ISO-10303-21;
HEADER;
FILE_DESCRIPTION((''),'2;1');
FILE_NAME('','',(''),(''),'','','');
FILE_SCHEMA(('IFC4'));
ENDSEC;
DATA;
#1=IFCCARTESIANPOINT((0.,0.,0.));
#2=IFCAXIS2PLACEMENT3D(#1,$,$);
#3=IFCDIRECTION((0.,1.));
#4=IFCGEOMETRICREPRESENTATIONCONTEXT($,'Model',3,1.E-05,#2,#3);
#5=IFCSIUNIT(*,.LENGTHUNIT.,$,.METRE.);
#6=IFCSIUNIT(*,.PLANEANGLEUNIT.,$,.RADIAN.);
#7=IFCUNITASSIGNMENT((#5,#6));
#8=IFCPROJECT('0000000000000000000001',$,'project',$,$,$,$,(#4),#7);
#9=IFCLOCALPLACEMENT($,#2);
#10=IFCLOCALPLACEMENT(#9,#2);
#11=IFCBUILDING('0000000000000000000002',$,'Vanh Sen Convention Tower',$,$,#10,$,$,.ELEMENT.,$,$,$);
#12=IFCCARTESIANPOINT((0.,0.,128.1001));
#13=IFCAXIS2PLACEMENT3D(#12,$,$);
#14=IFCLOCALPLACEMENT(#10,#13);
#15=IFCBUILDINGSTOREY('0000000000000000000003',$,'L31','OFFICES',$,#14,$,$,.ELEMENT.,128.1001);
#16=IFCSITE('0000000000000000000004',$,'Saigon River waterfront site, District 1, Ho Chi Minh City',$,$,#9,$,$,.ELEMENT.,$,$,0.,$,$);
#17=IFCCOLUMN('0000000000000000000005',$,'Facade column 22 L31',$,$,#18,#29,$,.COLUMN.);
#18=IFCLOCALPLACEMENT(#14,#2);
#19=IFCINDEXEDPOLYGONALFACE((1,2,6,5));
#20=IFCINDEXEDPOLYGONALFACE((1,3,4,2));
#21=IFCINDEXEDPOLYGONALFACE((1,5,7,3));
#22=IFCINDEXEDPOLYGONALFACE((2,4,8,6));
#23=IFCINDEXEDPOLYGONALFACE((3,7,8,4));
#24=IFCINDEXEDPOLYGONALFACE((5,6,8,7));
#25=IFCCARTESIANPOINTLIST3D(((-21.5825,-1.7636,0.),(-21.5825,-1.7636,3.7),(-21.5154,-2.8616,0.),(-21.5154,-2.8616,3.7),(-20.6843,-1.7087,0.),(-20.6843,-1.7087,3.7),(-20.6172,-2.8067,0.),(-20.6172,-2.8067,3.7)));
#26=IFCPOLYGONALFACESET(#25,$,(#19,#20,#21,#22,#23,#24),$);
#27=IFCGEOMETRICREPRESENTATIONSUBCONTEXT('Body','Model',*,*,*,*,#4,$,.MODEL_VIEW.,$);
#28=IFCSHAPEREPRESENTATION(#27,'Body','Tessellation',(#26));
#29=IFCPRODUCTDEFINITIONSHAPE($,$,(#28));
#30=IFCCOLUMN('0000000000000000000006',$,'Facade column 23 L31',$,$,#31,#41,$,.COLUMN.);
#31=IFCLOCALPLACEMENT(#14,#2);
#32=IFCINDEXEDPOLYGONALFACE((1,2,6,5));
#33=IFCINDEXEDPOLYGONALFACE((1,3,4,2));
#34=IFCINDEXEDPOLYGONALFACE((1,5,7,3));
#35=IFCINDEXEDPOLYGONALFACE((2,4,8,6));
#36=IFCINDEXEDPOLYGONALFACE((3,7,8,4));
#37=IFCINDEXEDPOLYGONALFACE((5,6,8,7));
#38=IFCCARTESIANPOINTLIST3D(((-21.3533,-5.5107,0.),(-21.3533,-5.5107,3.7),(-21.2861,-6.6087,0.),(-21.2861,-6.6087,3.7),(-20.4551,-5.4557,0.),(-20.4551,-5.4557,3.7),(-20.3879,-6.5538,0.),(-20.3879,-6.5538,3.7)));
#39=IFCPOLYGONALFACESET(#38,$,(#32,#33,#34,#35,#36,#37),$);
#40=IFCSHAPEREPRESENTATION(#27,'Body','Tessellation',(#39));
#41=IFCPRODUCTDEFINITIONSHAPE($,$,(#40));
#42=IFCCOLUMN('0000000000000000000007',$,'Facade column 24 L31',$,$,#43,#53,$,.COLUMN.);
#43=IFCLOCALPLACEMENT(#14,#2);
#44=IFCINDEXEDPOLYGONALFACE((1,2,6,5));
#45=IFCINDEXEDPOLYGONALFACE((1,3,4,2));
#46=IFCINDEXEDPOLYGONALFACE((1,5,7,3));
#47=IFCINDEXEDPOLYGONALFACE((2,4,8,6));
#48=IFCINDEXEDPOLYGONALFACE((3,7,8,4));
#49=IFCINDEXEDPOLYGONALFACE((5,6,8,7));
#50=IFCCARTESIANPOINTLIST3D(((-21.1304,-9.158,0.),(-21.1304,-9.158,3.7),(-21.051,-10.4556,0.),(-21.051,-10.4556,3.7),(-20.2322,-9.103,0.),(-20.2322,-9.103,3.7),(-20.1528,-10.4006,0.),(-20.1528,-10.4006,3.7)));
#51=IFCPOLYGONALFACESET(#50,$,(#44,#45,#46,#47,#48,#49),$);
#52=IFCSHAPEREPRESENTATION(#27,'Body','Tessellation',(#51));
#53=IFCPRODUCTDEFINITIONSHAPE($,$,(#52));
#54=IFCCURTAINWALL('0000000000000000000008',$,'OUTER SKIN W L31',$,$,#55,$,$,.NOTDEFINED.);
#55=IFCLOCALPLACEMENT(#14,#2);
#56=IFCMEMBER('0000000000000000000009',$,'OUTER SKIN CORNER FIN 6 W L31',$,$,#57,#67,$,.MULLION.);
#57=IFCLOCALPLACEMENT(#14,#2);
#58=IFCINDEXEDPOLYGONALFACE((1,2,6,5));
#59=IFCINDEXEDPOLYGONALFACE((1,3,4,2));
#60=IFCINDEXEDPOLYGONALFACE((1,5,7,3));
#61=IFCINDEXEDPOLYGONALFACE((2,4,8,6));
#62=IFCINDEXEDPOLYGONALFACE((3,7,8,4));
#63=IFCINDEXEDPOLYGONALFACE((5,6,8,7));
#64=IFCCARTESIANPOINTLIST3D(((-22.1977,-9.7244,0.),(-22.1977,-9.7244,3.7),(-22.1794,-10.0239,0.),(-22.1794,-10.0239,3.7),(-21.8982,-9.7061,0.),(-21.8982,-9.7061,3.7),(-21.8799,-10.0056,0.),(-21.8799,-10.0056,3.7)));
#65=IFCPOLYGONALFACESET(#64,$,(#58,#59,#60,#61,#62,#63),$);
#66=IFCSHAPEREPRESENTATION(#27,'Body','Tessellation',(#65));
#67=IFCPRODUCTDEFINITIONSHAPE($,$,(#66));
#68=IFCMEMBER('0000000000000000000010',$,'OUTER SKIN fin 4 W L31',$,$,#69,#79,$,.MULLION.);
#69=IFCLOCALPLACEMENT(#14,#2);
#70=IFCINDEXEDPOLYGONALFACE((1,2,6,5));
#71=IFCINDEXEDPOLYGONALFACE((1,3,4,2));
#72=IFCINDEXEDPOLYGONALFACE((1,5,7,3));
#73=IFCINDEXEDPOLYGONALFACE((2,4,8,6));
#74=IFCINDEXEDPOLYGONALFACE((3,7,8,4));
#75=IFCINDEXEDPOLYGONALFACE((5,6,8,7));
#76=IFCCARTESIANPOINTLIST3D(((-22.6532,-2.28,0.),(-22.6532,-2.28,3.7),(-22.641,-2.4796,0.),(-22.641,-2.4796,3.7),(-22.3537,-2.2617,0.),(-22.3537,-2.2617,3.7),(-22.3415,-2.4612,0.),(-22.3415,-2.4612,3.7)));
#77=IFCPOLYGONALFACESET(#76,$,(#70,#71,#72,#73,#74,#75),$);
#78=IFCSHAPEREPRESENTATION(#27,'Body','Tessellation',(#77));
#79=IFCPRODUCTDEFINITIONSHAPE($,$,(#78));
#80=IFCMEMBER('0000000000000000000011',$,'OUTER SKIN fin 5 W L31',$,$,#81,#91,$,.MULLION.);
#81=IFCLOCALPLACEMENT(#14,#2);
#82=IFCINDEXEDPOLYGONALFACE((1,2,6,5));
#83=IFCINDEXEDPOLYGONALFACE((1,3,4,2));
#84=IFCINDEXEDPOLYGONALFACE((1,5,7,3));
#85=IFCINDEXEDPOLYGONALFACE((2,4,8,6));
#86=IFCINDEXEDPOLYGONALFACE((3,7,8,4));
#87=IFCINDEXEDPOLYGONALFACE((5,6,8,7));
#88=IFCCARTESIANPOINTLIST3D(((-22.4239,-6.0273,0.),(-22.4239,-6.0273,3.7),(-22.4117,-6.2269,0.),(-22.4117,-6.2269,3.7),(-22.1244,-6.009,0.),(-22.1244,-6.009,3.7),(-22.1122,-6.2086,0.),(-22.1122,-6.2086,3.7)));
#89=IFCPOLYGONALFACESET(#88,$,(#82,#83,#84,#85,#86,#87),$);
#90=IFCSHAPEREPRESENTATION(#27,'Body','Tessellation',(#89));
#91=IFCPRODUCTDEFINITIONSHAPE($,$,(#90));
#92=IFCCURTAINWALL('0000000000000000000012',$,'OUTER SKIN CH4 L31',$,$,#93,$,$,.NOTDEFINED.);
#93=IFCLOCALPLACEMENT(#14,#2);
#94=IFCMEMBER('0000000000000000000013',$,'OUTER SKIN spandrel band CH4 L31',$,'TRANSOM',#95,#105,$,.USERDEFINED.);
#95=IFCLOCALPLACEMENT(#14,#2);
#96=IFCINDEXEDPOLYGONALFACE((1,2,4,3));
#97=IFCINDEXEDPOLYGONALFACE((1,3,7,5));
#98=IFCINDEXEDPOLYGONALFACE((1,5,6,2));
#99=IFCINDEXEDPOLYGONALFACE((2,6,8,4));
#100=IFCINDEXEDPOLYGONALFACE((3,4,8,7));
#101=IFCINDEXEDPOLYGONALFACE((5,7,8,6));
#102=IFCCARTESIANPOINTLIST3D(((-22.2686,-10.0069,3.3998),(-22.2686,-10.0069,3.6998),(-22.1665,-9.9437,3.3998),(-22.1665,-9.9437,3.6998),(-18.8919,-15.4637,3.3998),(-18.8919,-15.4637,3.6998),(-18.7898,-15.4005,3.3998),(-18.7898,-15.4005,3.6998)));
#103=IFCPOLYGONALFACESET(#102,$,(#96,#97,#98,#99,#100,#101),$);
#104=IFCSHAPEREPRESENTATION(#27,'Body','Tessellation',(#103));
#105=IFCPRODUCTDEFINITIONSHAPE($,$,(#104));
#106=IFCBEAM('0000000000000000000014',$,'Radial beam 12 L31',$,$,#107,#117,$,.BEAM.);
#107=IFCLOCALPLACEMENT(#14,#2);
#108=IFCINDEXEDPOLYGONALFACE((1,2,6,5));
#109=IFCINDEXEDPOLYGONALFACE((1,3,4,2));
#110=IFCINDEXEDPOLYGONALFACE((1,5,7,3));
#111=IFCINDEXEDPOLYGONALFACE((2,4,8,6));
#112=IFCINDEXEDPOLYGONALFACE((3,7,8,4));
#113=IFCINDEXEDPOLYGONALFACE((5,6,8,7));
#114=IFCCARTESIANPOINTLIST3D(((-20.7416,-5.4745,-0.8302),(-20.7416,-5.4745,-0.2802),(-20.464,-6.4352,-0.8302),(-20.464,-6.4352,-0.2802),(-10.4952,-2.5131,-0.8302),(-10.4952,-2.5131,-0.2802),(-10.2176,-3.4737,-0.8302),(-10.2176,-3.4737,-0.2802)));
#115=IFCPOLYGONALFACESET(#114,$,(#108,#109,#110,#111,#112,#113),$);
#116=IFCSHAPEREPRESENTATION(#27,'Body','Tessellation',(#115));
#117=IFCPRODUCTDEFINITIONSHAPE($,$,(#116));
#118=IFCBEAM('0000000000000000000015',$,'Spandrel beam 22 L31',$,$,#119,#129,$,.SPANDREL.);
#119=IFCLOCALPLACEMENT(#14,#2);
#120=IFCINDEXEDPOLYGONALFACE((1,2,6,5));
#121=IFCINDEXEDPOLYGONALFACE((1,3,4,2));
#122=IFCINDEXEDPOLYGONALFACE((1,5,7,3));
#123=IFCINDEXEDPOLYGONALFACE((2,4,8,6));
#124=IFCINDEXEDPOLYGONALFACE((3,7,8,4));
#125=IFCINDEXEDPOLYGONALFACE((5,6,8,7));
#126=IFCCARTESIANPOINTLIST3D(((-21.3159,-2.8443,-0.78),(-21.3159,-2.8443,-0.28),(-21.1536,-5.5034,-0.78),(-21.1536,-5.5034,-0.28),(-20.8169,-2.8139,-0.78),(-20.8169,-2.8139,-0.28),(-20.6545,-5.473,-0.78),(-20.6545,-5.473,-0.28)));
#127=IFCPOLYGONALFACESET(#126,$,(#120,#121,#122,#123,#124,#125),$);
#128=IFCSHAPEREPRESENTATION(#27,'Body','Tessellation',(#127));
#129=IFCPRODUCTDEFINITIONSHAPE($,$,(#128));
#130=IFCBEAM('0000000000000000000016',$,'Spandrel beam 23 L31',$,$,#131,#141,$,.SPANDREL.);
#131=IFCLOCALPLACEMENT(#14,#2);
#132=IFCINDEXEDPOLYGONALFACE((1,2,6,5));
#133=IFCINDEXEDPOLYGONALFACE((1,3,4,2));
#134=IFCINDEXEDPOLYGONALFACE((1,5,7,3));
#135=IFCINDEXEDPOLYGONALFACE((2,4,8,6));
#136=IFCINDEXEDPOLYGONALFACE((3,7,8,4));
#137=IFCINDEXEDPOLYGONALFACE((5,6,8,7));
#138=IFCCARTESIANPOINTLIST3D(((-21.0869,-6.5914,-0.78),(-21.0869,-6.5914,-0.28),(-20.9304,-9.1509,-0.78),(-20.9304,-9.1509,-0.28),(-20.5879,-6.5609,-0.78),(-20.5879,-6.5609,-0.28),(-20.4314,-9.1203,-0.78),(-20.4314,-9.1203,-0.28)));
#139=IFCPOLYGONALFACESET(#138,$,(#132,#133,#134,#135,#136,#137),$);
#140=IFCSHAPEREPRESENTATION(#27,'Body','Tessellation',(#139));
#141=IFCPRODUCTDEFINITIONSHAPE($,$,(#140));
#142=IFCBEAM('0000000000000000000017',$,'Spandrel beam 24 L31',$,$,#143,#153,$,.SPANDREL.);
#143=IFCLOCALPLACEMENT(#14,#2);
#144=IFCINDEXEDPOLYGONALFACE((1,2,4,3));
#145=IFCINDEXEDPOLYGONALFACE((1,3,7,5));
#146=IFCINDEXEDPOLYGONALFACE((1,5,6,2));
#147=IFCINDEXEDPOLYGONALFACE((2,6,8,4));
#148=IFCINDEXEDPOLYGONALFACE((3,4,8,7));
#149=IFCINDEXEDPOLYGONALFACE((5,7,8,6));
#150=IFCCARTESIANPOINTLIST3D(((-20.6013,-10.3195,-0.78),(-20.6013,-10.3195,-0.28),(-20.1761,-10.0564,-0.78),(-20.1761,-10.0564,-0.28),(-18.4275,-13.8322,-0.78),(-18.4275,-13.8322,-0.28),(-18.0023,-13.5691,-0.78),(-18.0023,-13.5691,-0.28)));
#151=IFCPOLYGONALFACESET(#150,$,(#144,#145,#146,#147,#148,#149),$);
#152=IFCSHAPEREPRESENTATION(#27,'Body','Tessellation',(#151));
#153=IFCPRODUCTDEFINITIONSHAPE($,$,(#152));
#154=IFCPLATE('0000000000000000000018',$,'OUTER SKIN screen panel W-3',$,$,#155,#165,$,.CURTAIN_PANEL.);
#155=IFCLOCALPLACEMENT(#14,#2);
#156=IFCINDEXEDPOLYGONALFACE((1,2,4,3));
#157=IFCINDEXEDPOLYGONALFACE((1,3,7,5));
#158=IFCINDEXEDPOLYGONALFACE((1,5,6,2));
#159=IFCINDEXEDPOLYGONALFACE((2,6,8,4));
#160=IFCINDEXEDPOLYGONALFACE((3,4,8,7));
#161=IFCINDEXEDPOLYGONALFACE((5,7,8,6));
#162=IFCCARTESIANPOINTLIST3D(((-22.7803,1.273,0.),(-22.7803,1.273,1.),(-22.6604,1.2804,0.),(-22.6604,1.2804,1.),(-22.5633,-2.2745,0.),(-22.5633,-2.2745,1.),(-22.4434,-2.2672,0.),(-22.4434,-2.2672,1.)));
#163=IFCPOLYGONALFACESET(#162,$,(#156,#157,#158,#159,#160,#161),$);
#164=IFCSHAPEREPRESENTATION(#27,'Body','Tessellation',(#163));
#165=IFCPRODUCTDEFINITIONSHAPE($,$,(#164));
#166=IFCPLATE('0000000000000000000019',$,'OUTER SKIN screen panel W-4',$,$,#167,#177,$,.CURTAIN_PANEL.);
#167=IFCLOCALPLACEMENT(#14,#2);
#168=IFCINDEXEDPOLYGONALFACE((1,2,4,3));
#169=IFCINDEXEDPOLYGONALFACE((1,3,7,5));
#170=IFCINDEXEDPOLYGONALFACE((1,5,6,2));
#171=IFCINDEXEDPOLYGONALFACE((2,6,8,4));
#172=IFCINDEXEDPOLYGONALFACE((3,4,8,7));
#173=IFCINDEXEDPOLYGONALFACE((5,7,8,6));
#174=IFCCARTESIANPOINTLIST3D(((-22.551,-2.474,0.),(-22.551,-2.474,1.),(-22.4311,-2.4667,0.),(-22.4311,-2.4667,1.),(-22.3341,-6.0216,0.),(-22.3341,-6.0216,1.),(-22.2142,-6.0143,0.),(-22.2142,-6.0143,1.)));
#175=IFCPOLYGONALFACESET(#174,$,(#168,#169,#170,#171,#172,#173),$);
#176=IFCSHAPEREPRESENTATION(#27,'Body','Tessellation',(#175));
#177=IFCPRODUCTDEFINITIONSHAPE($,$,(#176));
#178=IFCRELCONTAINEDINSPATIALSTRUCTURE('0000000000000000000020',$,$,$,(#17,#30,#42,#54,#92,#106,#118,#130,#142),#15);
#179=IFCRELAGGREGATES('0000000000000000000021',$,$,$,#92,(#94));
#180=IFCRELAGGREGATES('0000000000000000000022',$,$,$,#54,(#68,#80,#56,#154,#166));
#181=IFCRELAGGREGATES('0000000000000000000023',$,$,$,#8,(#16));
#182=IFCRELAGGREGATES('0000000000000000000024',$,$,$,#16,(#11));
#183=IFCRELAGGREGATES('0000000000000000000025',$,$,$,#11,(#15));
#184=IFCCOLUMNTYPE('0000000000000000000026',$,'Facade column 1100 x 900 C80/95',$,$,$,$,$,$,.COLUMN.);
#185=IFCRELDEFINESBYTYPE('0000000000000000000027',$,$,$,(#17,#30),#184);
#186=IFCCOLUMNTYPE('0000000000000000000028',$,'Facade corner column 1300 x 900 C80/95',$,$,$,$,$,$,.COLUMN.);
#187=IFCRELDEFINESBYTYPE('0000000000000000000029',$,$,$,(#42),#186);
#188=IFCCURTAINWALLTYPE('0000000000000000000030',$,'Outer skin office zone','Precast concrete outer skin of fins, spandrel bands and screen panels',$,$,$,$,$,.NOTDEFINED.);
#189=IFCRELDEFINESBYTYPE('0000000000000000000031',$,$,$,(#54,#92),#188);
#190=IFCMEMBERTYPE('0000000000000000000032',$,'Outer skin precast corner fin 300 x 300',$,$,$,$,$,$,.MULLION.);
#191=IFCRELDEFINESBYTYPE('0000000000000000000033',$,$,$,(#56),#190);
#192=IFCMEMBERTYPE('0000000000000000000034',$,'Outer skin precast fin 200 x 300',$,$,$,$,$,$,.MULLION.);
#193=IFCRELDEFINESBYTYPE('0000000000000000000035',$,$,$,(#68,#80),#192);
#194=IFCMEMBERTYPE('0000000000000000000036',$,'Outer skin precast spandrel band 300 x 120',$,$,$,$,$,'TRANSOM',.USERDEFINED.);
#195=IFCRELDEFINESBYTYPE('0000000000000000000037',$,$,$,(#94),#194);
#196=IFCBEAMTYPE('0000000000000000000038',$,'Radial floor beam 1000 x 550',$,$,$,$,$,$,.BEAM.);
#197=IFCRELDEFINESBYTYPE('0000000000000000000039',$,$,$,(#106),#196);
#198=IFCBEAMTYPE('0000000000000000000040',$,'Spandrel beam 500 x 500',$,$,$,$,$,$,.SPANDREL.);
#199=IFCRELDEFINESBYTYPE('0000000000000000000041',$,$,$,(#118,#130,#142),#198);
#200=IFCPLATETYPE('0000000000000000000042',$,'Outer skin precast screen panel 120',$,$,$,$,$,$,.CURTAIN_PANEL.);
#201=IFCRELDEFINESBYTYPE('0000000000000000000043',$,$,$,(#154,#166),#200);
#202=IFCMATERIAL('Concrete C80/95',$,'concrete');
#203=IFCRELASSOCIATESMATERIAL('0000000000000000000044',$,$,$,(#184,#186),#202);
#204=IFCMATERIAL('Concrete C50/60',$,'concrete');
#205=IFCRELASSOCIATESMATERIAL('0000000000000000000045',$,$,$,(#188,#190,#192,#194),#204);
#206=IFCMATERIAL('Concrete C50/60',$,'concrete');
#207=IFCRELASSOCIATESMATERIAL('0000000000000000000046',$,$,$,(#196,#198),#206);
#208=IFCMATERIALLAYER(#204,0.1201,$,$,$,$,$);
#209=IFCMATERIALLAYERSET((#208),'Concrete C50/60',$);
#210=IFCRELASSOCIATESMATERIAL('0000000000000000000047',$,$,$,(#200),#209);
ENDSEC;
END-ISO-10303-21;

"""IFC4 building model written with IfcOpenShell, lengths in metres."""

from ifc_helpers import new_model, si_unit, direction, frame, origin, origin_2d, place, context, subcontext, project, spatial, rectangle, extrude, material, layer, layer_set, material_profile, profile_set, type_object, element, aggregate, save


model = new_model("IFC4")

# Units and contexts
model_context = context("Model", 3, precision=1e-05, world=origin(), true_north=direction((0.0, 1.0)))
body_context = subcontext(model_context, "Body", "Model", "MODEL_VIEW")
ifc_project = project(units=[si_unit("LENGTHUNIT", "METRE"), si_unit("PLANEANGLEUNIT", "RADIAN")], contexts=[model_context])

# Site, building, storey
site_placement = place(None, origin())
site = spatial("IfcSite", under=ifc_project, at=site_placement, Name="Saigon River waterfront site, District 1, Ho Chi Minh City", CompositionType="ELEMENT", RefElevation=0.0)
building_placement = place(site_placement, origin())
building = spatial("IfcBuilding", under=site, at=building_placement, Name="Vanh Sen Convention Tower", CompositionType="ELEMENT")
storey_placement = place(building_placement, frame((0.0, 0.0, 128.1001)))
storey = spatial("IfcBuildingStorey", under=building, at=storey_placement, Name="L31", Description="OFFICES", CompositionType="ELEMENT", Elevation=128.1001)

# Columns
ifc_material_1 = material(Name="Concrete C80/95", Category="concrete")
ifc_material_profile_1 = material_profile(ifc_material_1, rectangle(XDim=1.1001, YDim=0.8999, at=origin_2d()), Name="RC 1100X900")
ifc_profile_set_1 = profile_set([ifc_material_profile_1], Name="Concrete C80/95")
column_type_1 = type_object("IfcColumnType", Name="Facade column 1100 x 900 C80/95", PredefinedType="COLUMN", material=ifc_profile_set_1)
for number, where, z_axis, x_axis, name in (
    (1, (-21.0999, -2.2852, 0.0), (0.0, 0.0, 1.0), (0.061049, -0.998135, 0.0), "Facade column 22 L31"),
    (2, (-20.8706, -6.0322, 0.0), (0.0, 0.0, 1.0), (0.061049, -0.998135, 0.0), "Facade column 23 L31"),
):
    element("IfcColumn", number, at=place(storey_placement, frame(where, z_axis=z_axis, x_axis=x_axis)), inside=storey, type_object=column_type_1, Name=name, PredefinedType="COLUMN", context=body_context, shape_type="SweptSolid", body=[
        extrude(rectangle(XDim=1.1001, YDim=0.8999, at=origin_2d()), origin(), (0.0, 0.0, 1.0), 3.7),
    ])
ifc_material_profile_2 = material_profile(ifc_material_1, rectangle(XDim=1.3, YDim=0.8999, at=origin_2d()), Name="RC 1300X900")
ifc_profile_set_2 = profile_set([ifc_material_profile_2], Name="Concrete C80/95")
column_type_2 = type_object("IfcColumnType", Name="Facade corner column 1300 x 900 C80/95", PredefinedType="COLUMN", material=ifc_profile_set_2)
column_placement = place(storey_placement, frame((-20.6416, -9.7793, 0.0), z_axis=(0.0, 0.0, 1.0), x_axis=(0.061049, -0.998135, 0.0)))
element("IfcColumn", 3, at=column_placement, inside=storey, type_object=column_type_2, Name="Facade column 24 L31", PredefinedType="COLUMN", context=body_context, shape_type="SweptSolid", body=[
    extrude(rectangle(XDim=1.3, YDim=0.8999, at=origin_2d()), origin(), (0.0, 0.0, 1.0), 3.7),
])

# Curtain wall, members
ifc_material_2 = material(Name="Concrete C50/60", Category="concrete")
curtain_wall_type = type_object("IfcCurtainWallType", Name="Outer skin office zone", Description="Precast concrete outer skin of fins, spandrel bands and screen panels", PredefinedType="NOTDEFINED", material=ifc_material_2)
curtain_wall_1_placement = place(storey_placement, origin())
curtain_wall_1 = element("IfcCurtainWall", 4, at=curtain_wall_1_placement, inside=storey, type_object=curtain_wall_type, Name="OUTER SKIN W L31", PredefinedType="NOTDEFINED")
ifc_material_profile_3 = material_profile(ifc_material_2, rectangle(XDim=0.3, YDim=0.3, at=origin_2d()), Name="Outer skin precast corner fin 300 x 300")
ifc_profile_set_3 = profile_set([ifc_material_profile_3], Name="Concrete C50/60")
member_type_1 = type_object("IfcMemberType", Name="Outer skin precast corner fin 300 x 300", PredefinedType="MULLION", material=ifc_profile_set_3)
member_1_placement = place(storey_placement, frame((-22.0388, -9.865, 0.0), z_axis=(0.0, 0.0, 1.0), x_axis=(0.061049, -0.998135, 0.0)))
member_1 = element("IfcMember", 5, at=member_1_placement, type_object=member_type_1, Name="OUTER SKIN CORNER FIN 6 W L31", PredefinedType="MULLION", context=body_context, shape_type="SweptSolid", body=[
    extrude(rectangle(XDim=0.3, YDim=0.3, at=origin_2d()), origin(), (0.0, 0.0, 1.0), 3.7),
])
ifc_material_profile_4 = material_profile(ifc_material_2, rectangle(XDim=0.2, YDim=0.3, at=origin_2d()), Name="Outer skin precast fin 200 x 300")
ifc_profile_set_4 = profile_set([ifc_material_profile_4], Name="Concrete C50/60")
member_type_2 = type_object("IfcMemberType", Name="Outer skin precast fin 200 x 300", PredefinedType="MULLION", material=ifc_profile_set_4)
member_2_placement = place(storey_placement, frame((-22.4973, -2.3706, 0.0), z_axis=(0.0, 0.0, 1.0), x_axis=(0.061049, -0.998135, 0.0)))
member_2 = element("IfcMember", 6, at=member_2_placement, type_object=member_type_2, Name="OUTER SKIN fin 4 W L31", PredefinedType="MULLION", context=body_context, shape_type="SweptSolid", body=[
    extrude(rectangle(XDim=0.2, YDim=0.3, at=origin_2d()), origin(), (0.0, 0.0, 1.0), 3.7),
])
member_3_placement = place(storey_placement, frame((-22.2681, -6.1179, 0.0), z_axis=(0.0, 0.0, 1.0), x_axis=(0.061049, -0.998135, 0.0)))
member_3 = element("IfcMember", 7, at=member_3_placement, type_object=member_type_2, Name="OUTER SKIN fin 5 W L31", PredefinedType="MULLION", context=body_context, shape_type="SweptSolid", body=[
    extrude(rectangle(XDim=0.2, YDim=0.3, at=origin_2d()), origin(), (0.0, 0.0, 1.0), 3.7),
])

# Curtain wall, member
curtain_wall_2_placement = place(storey_placement, origin())
curtain_wall_2 = element("IfcCurtainWall", 8, at=curtain_wall_2_placement, inside=storey, type_object=curtain_wall_type, Name="OUTER SKIN CH4 L31", PredefinedType="NOTDEFINED")
ifc_material_profile_5 = material_profile(ifc_material_2, rectangle(XDim=0.1201, YDim=0.3, at=origin_2d()), Name="Outer skin precast spandrel band 300 x 120")
ifc_profile_set_5 = profile_set([ifc_material_profile_5], Name="Concrete C50/60")
member_type_3 = type_object("IfcMemberType", Name="Outer skin precast spandrel band 300 x 120", ElementType="TRANSOM", PredefinedType="USERDEFINED", material=ifc_profile_set_5)
member_4_placement = place(storey_placement, frame((-22.2175, -9.9753, 3.5498), z_axis=(0.526208, -0.850356, 0.0), x_axis=(0.850356, 0.526208, 0.0)))
member_4 = element("IfcMember", 9, at=member_4_placement, type_object=member_type_3, Name="OUTER SKIN spandrel band CH4 L31", ObjectType="TRANSOM", PredefinedType="USERDEFINED", context=body_context, shape_type="SweptSolid", body=[
    extrude(rectangle(XDim=0.1201, YDim=0.3, at=origin_2d()), origin(), (0.0, 0.0, 1.0), 6.417),
])
aggregate(curtain_wall_2, [member_4])

# Beams
ifc_material_3 = material(Name="Concrete C50/60", Category="concrete")
ifc_material_profile_6 = material_profile(ifc_material_3, rectangle(XDim=1.0, YDim=0.55, at=origin_2d()), Name="RC 1000X550")
ifc_profile_set_6 = profile_set([ifc_material_profile_6], Name="Concrete C50/60")
beam_type_1 = type_object("IfcBeamType", Name="Radial floor beam 1000 x 550", PredefinedType="BEAM", material=ifc_profile_set_6)
beam_1_placement = place(storey_placement, frame((-20.6028, -5.9548, -0.5552), z_axis=(0.96068, 0.277658, 0.0), x_axis=(-0.277658, 0.96068, 0.0)))
element("IfcBeam", 10, at=beam_1_placement, inside=storey, type_object=beam_type_1, Name="Radial beam 12 L31", PredefinedType="BEAM", context=body_context, shape_type="SweptSolid", body=[
    extrude(rectangle(XDim=1.0, YDim=0.55, at=origin_2d()), origin(), (0.0, 0.0, 1.0), 10.6658),
])
ifc_material_profile_7 = material_profile(ifc_material_3, rectangle(XDim=0.5, YDim=0.5, at=origin_2d()), Name="RC 500X500")
ifc_profile_set_7 = profile_set([ifc_material_profile_7], Name="Concrete C50/60")
beam_type_2 = type_object("IfcBeamType", Name="Spandrel beam 500 x 500", PredefinedType="SPANDREL", material=ifc_profile_set_7)
beam_2_placement = place(storey_placement, frame((-21.0664, -2.8291, -0.53), z_axis=(0.060941, -0.998141, 0.0), x_axis=(0.998141, 0.060941, 0.0)))
element("IfcBeam", 11, at=beam_2_placement, inside=storey, type_object=beam_type_2, Name="Spandrel beam 22 L31", PredefinedType="SPANDREL", context=body_context, shape_type="SweptSolid", body=[
    extrude(rectangle(XDim=0.5, YDim=0.5, at=origin_2d()), origin(), (0.0, 0.0, 1.0), 2.6641),
])
beam_3_placement = place(storey_placement, frame((-20.8374, -6.5762, -0.53), z_axis=(0.061033, -0.998136, 0.0), x_axis=(0.998136, 0.061033, 0.0)))
element("IfcBeam", 12, at=beam_3_placement, inside=storey, type_object=beam_type_2, Name="Spandrel beam 23 L31", PredefinedType="SPANDREL", context=body_context, shape_type="SweptSolid", body=[
    extrude(rectangle(XDim=0.5, YDim=0.5, at=origin_2d()), origin(), (0.0, 0.0, 1.0), 2.5642),
])
beam_4_placement = place(storey_placement, frame((-20.3887, -10.188, -0.53), z_axis=(0.526233, -0.850341, 0.0), x_axis=(0.850341, 0.526233, 0.0)))
element("IfcBeam", 13, at=beam_4_placement, inside=storey, type_object=beam_type_2, Name="Spandrel beam 24 L31", PredefinedType="SPANDREL", context=body_context, shape_type="SweptSolid", body=[
    extrude(rectangle(XDim=0.5, YDim=0.5, at=origin_2d()), origin(), (0.0, 0.0, 1.0), 4.1309),
])

# Plates
ifc_layer_1 = layer(ifc_material_2, 0.1201)
ifc_layer_set_1 = layer_set([ifc_layer_1], Name="Concrete C50/60")
plate_type = type_object("IfcPlateType", Name="Outer skin precast screen panel 120", PredefinedType="CURTAIN_PANEL", material=ifc_layer_set_1)
plate_1_placement = place(storey_placement, frame((-22.6118, -0.4971, 0.0), z_axis=(0.0, 0.0, 1.0), x_axis=(0.061054, -0.998134, 0.0)))
plate_1 = element("IfcPlate", 14, at=plate_1_placement, type_object=plate_type, Name="OUTER SKIN screen panel W-3", PredefinedType="CURTAIN_PANEL", context=body_context, shape_type="SweptSolid", body=[
    extrude(rectangle(XDim=3.5542, YDim=0.1201, at=origin_2d()), origin(), (0.0, 0.0, 1.0), 1.0),
])
plate_2_placement = place(storey_placement, frame((-22.3826, -4.2441, 0.0), z_axis=(0.0, 0.0, 1.0), x_axis=(0.061026, -0.998136, 0.0)))
plate_2 = element("IfcPlate", 15, at=plate_2_placement, type_object=plate_type, Name="OUTER SKIN screen panel W-4", PredefinedType="CURTAIN_PANEL", context=body_context, shape_type="SweptSolid", body=[
    extrude(rectangle(XDim=3.5542, YDim=0.1201, at=origin_2d()), origin(), (0.0, 0.0, 1.0), 1.0),
])
aggregate(curtain_wall_1, [member_2, member_3, member_1, plate_1, plate_2])

save(model, "model.ifc")
